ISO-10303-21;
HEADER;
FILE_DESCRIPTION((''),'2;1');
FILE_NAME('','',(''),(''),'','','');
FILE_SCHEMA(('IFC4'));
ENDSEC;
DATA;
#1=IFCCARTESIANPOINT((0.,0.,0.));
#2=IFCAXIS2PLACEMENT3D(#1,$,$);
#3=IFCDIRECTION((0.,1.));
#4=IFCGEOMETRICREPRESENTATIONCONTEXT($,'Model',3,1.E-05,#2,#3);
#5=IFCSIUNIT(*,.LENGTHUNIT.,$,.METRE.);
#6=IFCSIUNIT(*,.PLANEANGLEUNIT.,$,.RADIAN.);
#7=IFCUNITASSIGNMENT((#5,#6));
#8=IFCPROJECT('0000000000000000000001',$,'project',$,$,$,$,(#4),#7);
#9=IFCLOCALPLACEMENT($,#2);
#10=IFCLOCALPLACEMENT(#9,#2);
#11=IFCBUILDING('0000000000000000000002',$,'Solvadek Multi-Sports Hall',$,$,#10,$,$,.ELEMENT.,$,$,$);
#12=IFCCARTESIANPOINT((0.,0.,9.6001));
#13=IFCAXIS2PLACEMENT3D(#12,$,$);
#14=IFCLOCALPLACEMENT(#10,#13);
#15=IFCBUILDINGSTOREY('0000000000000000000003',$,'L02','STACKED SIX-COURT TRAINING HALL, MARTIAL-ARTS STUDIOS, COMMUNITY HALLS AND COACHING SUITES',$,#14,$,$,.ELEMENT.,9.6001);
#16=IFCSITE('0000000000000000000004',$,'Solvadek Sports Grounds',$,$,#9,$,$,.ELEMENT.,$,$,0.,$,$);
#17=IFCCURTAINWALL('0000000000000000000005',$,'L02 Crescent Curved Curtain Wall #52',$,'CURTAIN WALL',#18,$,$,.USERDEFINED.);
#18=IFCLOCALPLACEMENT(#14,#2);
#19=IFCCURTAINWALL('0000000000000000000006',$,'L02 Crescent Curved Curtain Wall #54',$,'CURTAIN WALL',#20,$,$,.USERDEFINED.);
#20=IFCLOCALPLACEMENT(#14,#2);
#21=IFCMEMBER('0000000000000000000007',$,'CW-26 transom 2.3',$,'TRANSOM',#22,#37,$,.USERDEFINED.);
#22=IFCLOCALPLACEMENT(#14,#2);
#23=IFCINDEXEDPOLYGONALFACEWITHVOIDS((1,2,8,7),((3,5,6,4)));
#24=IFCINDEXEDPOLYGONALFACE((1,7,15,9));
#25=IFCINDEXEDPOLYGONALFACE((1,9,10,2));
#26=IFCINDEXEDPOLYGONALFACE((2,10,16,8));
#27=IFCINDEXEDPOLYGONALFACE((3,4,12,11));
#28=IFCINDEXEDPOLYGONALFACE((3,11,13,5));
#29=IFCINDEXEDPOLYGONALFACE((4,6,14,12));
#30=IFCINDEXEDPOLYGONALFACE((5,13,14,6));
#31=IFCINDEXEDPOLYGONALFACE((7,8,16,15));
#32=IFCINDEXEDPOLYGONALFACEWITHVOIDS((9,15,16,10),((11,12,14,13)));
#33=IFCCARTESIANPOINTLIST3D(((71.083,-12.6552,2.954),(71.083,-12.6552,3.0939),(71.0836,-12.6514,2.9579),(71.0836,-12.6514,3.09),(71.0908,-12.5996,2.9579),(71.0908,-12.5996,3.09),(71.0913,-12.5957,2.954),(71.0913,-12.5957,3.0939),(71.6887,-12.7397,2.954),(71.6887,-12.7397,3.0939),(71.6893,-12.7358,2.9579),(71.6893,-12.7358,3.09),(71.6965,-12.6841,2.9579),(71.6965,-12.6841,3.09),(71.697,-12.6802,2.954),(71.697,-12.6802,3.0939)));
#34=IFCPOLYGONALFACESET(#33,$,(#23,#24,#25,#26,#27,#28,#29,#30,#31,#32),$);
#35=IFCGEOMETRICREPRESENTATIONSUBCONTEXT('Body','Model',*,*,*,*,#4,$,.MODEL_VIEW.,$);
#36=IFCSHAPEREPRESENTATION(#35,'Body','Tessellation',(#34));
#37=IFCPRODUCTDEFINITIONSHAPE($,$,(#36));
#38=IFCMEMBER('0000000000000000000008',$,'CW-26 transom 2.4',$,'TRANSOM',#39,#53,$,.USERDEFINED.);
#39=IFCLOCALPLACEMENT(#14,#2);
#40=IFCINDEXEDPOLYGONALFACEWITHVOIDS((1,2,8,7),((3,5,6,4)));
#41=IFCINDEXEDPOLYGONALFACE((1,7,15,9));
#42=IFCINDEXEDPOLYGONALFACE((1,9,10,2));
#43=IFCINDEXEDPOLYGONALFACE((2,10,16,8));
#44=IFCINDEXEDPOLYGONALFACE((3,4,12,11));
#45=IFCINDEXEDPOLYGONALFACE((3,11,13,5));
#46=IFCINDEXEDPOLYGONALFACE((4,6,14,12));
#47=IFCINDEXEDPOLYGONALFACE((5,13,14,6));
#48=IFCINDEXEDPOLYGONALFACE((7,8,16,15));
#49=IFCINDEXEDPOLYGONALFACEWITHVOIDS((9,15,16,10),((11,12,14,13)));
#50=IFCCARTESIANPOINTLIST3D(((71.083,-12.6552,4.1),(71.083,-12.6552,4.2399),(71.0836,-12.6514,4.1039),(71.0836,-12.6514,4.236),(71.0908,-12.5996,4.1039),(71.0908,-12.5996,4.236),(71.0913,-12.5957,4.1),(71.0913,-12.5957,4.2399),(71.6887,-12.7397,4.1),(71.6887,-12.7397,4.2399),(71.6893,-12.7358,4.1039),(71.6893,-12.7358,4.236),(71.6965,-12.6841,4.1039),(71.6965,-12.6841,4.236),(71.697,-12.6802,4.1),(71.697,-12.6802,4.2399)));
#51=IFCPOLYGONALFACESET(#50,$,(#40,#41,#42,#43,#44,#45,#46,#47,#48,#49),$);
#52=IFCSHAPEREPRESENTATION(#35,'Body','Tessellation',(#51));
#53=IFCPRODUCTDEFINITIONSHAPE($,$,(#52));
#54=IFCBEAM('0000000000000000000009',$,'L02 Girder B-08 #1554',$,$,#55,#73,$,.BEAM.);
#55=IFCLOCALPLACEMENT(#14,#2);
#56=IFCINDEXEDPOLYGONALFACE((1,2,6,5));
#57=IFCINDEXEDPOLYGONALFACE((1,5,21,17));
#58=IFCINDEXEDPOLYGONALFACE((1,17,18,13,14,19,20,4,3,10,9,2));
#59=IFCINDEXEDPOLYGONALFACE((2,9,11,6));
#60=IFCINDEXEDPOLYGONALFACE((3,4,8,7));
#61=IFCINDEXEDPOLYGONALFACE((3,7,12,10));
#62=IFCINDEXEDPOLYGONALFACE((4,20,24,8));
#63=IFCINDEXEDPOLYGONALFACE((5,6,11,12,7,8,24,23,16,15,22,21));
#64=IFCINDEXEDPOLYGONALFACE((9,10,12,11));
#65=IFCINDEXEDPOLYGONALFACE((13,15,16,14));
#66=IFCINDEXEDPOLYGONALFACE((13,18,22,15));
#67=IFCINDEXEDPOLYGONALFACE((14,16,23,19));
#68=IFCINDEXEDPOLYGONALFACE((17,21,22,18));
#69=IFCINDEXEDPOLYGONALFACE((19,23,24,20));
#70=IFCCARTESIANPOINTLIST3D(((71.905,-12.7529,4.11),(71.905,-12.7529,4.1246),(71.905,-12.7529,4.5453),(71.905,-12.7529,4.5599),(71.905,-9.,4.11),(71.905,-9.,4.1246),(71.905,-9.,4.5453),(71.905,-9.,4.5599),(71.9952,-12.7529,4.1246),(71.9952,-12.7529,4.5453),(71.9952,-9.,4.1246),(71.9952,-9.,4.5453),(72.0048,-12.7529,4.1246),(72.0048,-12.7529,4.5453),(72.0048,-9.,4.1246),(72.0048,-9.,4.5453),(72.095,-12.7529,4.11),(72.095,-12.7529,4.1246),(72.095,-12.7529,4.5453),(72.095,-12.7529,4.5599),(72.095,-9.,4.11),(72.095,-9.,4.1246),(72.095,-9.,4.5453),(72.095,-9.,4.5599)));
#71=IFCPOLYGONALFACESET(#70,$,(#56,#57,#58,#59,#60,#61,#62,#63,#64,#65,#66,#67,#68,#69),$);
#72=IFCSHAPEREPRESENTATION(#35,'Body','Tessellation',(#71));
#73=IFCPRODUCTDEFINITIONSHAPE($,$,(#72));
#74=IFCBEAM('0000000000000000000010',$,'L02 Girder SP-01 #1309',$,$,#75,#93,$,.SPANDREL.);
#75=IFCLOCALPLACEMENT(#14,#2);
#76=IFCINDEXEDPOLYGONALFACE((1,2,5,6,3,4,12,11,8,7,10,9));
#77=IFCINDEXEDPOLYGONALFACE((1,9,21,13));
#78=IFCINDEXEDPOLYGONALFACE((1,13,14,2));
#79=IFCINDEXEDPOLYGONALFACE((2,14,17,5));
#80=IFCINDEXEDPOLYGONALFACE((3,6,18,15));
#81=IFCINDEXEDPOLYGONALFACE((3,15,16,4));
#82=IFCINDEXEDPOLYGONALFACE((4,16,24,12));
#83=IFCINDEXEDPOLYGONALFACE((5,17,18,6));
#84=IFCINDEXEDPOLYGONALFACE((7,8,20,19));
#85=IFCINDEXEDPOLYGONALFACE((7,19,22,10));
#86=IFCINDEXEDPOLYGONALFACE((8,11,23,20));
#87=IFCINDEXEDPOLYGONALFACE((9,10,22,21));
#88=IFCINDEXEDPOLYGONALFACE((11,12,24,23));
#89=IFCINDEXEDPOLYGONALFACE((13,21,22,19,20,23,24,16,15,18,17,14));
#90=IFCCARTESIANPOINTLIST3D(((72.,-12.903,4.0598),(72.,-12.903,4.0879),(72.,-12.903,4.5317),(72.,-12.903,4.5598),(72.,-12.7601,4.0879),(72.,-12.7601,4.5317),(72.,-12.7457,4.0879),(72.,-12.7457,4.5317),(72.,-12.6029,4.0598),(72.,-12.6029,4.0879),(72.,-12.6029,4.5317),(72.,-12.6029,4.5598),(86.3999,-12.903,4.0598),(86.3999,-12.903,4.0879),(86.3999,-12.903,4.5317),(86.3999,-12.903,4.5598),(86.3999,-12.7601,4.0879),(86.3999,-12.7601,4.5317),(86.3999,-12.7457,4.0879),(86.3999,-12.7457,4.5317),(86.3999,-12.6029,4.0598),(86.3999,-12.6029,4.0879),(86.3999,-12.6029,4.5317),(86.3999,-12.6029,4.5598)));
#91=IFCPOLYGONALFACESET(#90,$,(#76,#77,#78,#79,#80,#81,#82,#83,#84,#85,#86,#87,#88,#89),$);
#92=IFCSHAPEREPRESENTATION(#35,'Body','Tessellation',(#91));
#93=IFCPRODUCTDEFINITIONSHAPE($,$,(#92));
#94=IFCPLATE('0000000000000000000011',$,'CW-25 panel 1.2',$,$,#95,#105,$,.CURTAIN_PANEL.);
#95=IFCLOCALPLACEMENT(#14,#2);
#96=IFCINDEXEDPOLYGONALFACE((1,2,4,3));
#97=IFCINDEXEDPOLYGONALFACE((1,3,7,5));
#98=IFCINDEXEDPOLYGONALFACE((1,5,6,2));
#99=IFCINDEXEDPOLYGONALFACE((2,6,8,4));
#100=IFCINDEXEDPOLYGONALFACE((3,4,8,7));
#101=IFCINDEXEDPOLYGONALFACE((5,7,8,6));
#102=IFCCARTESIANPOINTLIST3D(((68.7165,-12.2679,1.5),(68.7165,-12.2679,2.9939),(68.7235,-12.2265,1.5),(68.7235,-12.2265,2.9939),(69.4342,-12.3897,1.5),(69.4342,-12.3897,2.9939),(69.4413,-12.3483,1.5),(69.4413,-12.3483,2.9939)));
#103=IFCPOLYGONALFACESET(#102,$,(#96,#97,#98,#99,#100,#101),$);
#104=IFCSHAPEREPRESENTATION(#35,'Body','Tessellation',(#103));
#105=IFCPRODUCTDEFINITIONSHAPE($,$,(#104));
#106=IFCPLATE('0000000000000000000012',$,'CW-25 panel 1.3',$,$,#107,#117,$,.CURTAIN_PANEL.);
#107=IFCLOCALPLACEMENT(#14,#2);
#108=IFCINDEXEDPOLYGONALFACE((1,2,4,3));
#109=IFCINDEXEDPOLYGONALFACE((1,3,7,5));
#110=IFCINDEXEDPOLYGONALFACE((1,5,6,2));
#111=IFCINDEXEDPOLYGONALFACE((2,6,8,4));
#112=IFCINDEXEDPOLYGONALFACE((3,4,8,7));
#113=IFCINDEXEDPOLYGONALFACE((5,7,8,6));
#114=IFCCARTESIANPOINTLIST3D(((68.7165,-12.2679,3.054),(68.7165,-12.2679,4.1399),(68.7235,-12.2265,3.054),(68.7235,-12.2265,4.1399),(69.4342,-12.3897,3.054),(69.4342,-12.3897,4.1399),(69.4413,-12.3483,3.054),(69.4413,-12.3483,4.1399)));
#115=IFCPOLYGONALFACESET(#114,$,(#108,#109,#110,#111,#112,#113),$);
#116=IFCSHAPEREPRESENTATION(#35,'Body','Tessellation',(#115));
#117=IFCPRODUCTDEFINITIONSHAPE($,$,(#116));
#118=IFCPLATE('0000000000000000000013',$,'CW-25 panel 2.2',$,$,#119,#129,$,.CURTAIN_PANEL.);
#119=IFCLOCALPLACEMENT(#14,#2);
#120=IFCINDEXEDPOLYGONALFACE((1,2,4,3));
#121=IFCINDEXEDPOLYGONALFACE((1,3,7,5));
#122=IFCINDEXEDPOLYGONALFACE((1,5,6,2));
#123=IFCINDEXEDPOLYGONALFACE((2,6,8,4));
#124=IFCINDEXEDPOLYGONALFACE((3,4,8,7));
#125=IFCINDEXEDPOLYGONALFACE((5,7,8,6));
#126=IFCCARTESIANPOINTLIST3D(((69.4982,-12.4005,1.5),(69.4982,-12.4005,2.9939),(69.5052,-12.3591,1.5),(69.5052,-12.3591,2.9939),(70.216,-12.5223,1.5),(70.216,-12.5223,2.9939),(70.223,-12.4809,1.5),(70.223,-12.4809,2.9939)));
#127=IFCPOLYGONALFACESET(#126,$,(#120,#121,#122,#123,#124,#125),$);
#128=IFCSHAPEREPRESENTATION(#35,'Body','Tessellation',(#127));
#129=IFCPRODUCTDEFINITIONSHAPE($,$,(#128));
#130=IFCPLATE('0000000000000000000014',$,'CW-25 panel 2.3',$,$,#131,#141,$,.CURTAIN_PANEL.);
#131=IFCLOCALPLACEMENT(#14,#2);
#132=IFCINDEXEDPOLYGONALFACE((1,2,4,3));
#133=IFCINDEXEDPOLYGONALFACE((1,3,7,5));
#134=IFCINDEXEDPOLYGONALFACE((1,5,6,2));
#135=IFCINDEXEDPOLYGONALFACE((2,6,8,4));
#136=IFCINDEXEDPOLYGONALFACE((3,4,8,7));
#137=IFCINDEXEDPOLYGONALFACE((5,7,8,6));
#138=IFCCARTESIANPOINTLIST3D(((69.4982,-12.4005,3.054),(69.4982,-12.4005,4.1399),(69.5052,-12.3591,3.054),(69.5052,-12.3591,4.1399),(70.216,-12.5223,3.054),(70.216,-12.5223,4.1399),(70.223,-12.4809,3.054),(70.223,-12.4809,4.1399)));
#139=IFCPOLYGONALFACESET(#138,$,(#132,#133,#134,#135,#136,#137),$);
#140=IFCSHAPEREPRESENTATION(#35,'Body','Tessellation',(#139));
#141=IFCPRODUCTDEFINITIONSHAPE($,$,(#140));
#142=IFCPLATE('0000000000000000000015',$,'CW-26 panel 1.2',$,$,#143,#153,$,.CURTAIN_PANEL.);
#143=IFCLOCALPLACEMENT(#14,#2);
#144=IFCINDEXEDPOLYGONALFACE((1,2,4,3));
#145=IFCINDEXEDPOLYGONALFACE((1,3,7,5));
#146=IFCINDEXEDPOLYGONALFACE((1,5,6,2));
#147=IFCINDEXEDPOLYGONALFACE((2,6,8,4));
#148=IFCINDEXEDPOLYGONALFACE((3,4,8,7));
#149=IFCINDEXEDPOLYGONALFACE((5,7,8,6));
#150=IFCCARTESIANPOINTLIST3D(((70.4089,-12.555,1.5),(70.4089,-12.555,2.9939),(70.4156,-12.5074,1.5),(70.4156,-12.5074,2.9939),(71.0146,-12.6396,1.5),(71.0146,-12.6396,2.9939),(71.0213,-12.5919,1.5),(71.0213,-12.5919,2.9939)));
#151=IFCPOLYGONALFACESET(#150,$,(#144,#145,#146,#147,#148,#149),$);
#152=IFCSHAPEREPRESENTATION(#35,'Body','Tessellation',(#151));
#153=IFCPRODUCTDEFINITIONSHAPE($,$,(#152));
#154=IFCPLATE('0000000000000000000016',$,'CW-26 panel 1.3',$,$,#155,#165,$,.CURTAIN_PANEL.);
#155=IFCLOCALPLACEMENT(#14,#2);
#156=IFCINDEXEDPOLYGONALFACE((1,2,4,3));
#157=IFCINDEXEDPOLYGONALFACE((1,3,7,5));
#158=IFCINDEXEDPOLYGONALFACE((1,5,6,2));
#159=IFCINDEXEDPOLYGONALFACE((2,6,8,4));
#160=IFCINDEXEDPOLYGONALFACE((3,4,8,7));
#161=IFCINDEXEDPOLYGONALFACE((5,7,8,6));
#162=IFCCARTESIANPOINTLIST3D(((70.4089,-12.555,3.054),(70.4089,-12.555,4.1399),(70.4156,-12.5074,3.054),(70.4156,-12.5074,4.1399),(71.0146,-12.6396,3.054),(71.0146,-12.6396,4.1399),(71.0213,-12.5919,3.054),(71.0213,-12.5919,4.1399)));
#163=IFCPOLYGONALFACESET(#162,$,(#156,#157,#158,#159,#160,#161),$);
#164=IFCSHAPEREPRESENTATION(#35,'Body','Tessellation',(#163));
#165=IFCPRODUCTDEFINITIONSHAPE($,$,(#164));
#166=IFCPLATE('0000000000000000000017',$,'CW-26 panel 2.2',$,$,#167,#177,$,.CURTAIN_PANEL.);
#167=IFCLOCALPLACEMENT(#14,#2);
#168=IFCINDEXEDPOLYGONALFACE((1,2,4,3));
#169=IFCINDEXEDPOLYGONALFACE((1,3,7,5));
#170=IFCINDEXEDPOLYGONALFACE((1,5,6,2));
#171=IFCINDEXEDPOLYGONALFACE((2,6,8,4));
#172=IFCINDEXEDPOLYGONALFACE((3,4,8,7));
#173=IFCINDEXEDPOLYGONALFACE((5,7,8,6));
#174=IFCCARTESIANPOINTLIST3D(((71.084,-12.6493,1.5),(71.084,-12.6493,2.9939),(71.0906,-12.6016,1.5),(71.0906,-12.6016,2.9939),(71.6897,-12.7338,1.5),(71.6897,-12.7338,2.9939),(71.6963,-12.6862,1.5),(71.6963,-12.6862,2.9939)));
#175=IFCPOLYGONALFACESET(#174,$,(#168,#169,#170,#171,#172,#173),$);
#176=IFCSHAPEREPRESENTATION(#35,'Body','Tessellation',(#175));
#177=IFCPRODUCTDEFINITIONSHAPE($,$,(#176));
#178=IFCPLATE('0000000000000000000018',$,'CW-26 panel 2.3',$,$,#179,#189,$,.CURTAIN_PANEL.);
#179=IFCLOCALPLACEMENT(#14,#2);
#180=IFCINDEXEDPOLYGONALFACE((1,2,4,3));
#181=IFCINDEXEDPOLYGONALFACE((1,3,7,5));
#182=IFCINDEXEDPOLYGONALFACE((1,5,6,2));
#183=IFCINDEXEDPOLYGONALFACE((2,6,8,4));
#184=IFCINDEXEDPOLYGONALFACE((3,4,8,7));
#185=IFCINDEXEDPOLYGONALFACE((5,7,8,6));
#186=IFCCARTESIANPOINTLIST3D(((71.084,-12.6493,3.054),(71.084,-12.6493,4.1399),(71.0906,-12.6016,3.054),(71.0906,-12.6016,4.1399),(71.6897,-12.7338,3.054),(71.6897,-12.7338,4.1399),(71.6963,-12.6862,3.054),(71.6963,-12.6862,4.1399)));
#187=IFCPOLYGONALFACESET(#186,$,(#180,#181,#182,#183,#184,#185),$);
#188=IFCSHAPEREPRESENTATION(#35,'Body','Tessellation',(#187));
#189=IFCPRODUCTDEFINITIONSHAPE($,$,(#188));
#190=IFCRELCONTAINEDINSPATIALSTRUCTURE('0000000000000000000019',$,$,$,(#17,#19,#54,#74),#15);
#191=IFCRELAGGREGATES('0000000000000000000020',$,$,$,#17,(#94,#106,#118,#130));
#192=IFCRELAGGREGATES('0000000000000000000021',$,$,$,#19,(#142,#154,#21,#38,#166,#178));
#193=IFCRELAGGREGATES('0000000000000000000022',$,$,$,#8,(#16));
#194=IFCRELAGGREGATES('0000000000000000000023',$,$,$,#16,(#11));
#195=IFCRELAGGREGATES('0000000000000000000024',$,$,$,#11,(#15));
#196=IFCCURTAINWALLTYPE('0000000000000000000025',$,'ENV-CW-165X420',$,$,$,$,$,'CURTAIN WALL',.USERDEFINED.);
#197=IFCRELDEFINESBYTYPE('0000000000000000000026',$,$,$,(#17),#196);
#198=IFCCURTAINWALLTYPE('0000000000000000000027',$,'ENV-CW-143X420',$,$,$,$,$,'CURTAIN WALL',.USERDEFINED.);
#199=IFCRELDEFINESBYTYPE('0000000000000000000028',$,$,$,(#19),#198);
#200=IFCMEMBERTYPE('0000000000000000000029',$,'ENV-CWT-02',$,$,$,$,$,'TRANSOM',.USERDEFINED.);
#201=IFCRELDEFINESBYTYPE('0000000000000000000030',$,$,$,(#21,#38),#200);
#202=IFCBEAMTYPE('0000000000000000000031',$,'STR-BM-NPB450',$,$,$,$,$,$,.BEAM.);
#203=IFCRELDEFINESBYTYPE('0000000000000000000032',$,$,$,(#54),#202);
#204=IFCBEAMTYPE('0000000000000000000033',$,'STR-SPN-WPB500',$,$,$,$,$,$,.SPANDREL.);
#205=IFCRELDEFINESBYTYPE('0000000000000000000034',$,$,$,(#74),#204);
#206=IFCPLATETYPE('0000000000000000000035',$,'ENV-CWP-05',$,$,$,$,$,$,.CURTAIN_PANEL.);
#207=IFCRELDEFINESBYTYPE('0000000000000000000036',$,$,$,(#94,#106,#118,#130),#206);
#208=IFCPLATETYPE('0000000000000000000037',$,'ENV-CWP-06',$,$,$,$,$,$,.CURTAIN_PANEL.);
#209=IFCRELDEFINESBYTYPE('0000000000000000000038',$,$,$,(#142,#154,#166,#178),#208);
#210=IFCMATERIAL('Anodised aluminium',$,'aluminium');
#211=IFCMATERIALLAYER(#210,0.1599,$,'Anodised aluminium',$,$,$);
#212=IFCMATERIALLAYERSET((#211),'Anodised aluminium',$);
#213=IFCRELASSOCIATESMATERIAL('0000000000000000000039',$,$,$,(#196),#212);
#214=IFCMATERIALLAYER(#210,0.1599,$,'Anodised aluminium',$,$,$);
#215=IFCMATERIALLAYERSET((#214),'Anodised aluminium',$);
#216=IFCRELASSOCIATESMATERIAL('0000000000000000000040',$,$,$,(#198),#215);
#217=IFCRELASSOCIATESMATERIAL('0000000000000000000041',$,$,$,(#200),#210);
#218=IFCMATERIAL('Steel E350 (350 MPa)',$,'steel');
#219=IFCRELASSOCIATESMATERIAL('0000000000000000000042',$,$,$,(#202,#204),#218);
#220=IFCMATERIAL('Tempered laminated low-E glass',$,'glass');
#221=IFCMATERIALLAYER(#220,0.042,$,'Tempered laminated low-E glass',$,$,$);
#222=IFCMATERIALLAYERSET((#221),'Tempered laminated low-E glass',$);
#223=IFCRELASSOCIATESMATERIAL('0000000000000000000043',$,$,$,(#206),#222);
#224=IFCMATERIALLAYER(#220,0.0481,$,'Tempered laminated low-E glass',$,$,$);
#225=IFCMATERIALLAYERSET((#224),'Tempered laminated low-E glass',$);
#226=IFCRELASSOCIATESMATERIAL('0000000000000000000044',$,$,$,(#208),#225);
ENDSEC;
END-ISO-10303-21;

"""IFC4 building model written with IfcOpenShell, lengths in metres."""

from ifc_helpers import new_model, si_unit, direction, frame, origin, origin_2d, place, context, subcontext, project, spatial, rectangle, hollow_rectangle, i_section, extrude, material, layer, layer_set, material_profile, profile_set, type_object, element, aggregate, save


model = new_model("IFC4")

# Units and contexts
model_context = context("Model", 3, precision=1e-05, world=origin(), true_north=direction((0.0, 1.0)))
body_context = subcontext(model_context, "Body", "Model", "MODEL_VIEW")
ifc_project = project(units=[si_unit("LENGTHUNIT", "METRE"), si_unit("PLANEANGLEUNIT", "RADIAN")], contexts=[model_context])

# Site, building, storey
site_placement = place(None, origin())
site = spatial("IfcSite", under=ifc_project, at=site_placement, Name="Solvadek Sports Grounds", CompositionType="ELEMENT", RefElevation=0.0)
building_placement = place(site_placement, origin())
building = spatial("IfcBuilding", under=site, at=building_placement, Name="Solvadek Multi-Sports Hall", CompositionType="ELEMENT")
storey_placement = place(building_placement, frame((0.0, 0.0, 9.6001)))
storey = spatial("IfcBuildingStorey", under=building, at=storey_placement, Name="L02", Description="STACKED SIX-COURT TRAINING HALL, MARTIAL-ARTS STUDIOS, COMMUNITY HALLS AND COACHING SUITES", CompositionType="ELEMENT", Elevation=9.6001)

# Curtain wall
ifc_material_1 = material(Name="Anodised aluminium", Category="aluminium")
ifc_layer_1 = layer(ifc_material_1, 0.1599, Name="Anodised aluminium")
ifc_layer_set_1 = layer_set([ifc_layer_1], Name="Anodised aluminium")
curtain_wall_type_1 = type_object("IfcCurtainWallType", Name="ENV-CW-165X420", ElementType="CURTAIN WALL", PredefinedType="USERDEFINED", material=ifc_layer_set_1)
curtain_wall_1_placement = place(storey_placement, origin())
curtain_wall_1 = element("IfcCurtainWall", 1, at=curtain_wall_1_placement, inside=storey, type_object=curtain_wall_type_1, Name="L02 Crescent Curved Curtain Wall #52", ObjectType="CURTAIN WALL", PredefinedType="USERDEFINED")

# Curtain wall, members
ifc_layer_2 = layer(ifc_material_1, 0.1599, Name="Anodised aluminium")
ifc_layer_set_2 = layer_set([ifc_layer_2], Name="Anodised aluminium")
curtain_wall_type_2 = type_object("IfcCurtainWallType", Name="ENV-CW-143X420", ElementType="CURTAIN WALL", PredefinedType="USERDEFINED", material=ifc_layer_set_2)
curtain_wall_2_placement = place(storey_placement, origin())
curtain_wall_2 = element("IfcCurtainWall", 2, at=curtain_wall_2_placement, inside=storey, type_object=curtain_wall_type_2, Name="L02 Crescent Curved Curtain Wall #54", ObjectType="CURTAIN WALL", PredefinedType="USERDEFINED")
ifc_material_profile_1 = material_profile(ifc_material_1, hollow_rectangle(XDim=0.0601, YDim=0.1399, WallThickness=0.0039, at=origin_2d()), Name="ALU-T 140x60x4")
ifc_profile_set_1 = profile_set([ifc_material_profile_1], Name="Anodised aluminium")
member_type_1 = type_object("IfcMemberType", Name="ENV-CWT-02", ElementType="TRANSOM", PredefinedType="USERDEFINED", material=ifc_profile_set_1)
member_1_placement = place(storey_placement, frame((71.0872, -12.6255, 3.0239), z_axis=(0.990415, -0.138123, 0.0), x_axis=(0.138123, 0.990415, 0.0)))
member_1 = element("IfcMember", 3, at=member_1_placement, type_object=member_type_1, Name="CW-26 transom 2.3", ObjectType="TRANSOM", PredefinedType="USERDEFINED", context=body_context, shape_type="SweptSolid", body=[
    extrude(hollow_rectangle(XDim=0.0601, YDim=0.1399, WallThickness=0.0039, at=origin_2d()), origin(), (0.0, 0.0, 1.0), 0.6116),
])
member_2_placement = place(storey_placement, frame((71.0872, -12.6255, 4.1699), z_axis=(0.990415, -0.138123, 0.0), x_axis=(0.138123, 0.990415, 0.0)))
member_2 = element("IfcMember", 4, at=member_2_placement, type_object=member_type_1, Name="CW-26 transom 2.4", ObjectType="TRANSOM", PredefinedType="USERDEFINED", context=body_context, shape_type="SweptSolid", body=[
    extrude(hollow_rectangle(XDim=0.0601, YDim=0.1399, WallThickness=0.0039, at=origin_2d()), origin(), (0.0, 0.0, 1.0), 0.6116),
])

# Beams
ifc_material_2 = material(Name="Steel E350 (350 MPa)", Category="steel")
ifc_material_profile_2 = material_profile(ifc_material_2, i_section(OverallWidth=0.1899, OverallDepth=0.45, WebThickness=0.0095, FlangeThickness=0.0146, at=origin_2d()), Name="NPB 450")
ifc_profile_set_2 = profile_set([ifc_material_profile_2], Name="Steel E350 (350 MPa)")
beam_type_1 = type_object("IfcBeamType", Name="STR-BM-NPB450", PredefinedType="BEAM", material=ifc_profile_set_2)
beam_1_placement = place(storey_placement, frame((72.0, -12.7529, 4.335), z_axis=(0.0, 1.0, 0.0), x_axis=(-1.0, 0.0, 0.0)))
element("IfcBeam", 5, at=beam_1_placement, inside=storey, type_object=beam_type_1, Name="L02 Girder B-08 #1554", PredefinedType="BEAM", context=body_context, shape_type="SweptSolid", body=[
    extrude(i_section(OverallWidth=0.1899, OverallDepth=0.45, WebThickness=0.0095, FlangeThickness=0.0146, at=origin_2d()), origin(), (0.0, 0.0, 1.0), 3.7529),
])
ifc_material_profile_3 = material_profile(ifc_material_2, i_section(OverallWidth=0.3, OverallDepth=0.5, WebThickness=0.0144, FlangeThickness=0.0281, at=origin_2d()), Name="WPB 500")
ifc_profile_set_3 = profile_set([ifc_material_profile_3], Name="Steel E350 (350 MPa)")
beam_type_2 = type_object("IfcBeamType", Name="STR-SPN-WPB500", PredefinedType="SPANDREL", material=ifc_profile_set_3)
beam_2_placement = place(storey_placement, frame((72.0, -12.7529, 4.3098), z_axis=(1.0, 0.0, 0.0), x_axis=(0.0, 1.0, 0.0)))
element("IfcBeam", 6, at=beam_2_placement, inside=storey, type_object=beam_type_2, Name="L02 Girder SP-01 #1309", PredefinedType="SPANDREL", context=body_context, shape_type="SweptSolid", body=[
    extrude(i_section(OverallWidth=0.3, OverallDepth=0.5, WebThickness=0.0144, FlangeThickness=0.0281, at=origin_2d()), origin(), (0.0, 0.0, 1.0), 14.3999),
])

# Plates
ifc_material_3 = material(Name="Tempered laminated low-E glass", Category="glass")
ifc_layer_3 = layer(ifc_material_3, 0.042, Name="Tempered laminated low-E glass")
ifc_layer_set_3 = layer_set([ifc_layer_3], Name="Tempered laminated low-E glass")
plate_type_1 = type_object("IfcPlateType", Name="ENV-CWP-05", PredefinedType="CURTAIN_PANEL", material=ifc_layer_set_3)
plate_1_placement = place(storey_placement, frame((69.0789, -12.3081, 1.5), z_axis=(0.0, 0.0, 1.0), x_axis=(0.985915, -0.167247, 0.0)))
plate_1 = element("IfcPlate", 7, at=plate_1_placement, type_object=plate_type_1, Name="CW-25 panel 1.2", PredefinedType="CURTAIN_PANEL", context=body_context, shape_type="SweptSolid", body=[
    extrude(rectangle(XDim=0.728, YDim=0.042, at=origin_2d()), origin(), (0.0, 0.0, 1.0), 1.4939),
])
plate_2_placement = place(storey_placement, frame((69.0789, -12.3081, 3.054), z_axis=(0.0, 0.0, 1.0), x_axis=(0.985915, -0.167247, 0.0)))
plate_2 = element("IfcPlate", 8, at=plate_2_placement, type_object=plate_type_1, Name="CW-25 panel 1.3", PredefinedType="CURTAIN_PANEL", context=body_context, shape_type="SweptSolid", body=[
    extrude(rectangle(XDim=0.728, YDim=0.042, at=origin_2d()), origin(), (0.0, 0.0, 1.0), 1.0859),
])
plate_3_placement = place(storey_placement, frame((69.8606, -12.4407, 1.5), z_axis=(0.0, 0.0, 1.0), x_axis=(0.985915, -0.167247, 0.0)))
plate_3 = element("IfcPlate", 9, at=plate_3_placement, type_object=plate_type_1, Name="CW-25 panel 2.2", PredefinedType="CURTAIN_PANEL", context=body_context, shape_type="SweptSolid", body=[
    extrude(rectangle(XDim=0.728, YDim=0.042, at=origin_2d()), origin(), (0.0, 0.0, 1.0), 1.4939),
])
plate_4_placement = place(storey_placement, frame((69.8606, -12.4407, 3.054), z_axis=(0.0, 0.0, 1.0), x_axis=(0.985915, -0.167247, 0.0)))
plate_4 = element("IfcPlate", 10, at=plate_4_placement, type_object=plate_type_1, Name="CW-25 panel 2.3", PredefinedType="CURTAIN_PANEL", context=body_context, shape_type="SweptSolid", body=[
    extrude(rectangle(XDim=0.728, YDim=0.042, at=origin_2d()), origin(), (0.0, 0.0, 1.0), 1.0859),
])
aggregate(curtain_wall_1, [plate_1, plate_2, plate_3, plate_4])
ifc_layer_4 = layer(ifc_material_3, 0.0481, Name="Tempered laminated low-E glass")
ifc_layer_set_4 = layer_set([ifc_layer_4], Name="Tempered laminated low-E glass")
plate_type_2 = type_object("IfcPlateType", Name="ENV-CWP-06", PredefinedType="CURTAIN_PANEL", material=ifc_layer_set_4)
plate_5_placement = place(storey_placement, frame((70.7151, -12.5735, 1.5), z_axis=(0.0, 0.0, 1.0), x_axis=(0.990402, -0.138217, 0.0)))
plate_5 = element("IfcPlate", 11, at=plate_5_placement, type_object=plate_type_2, Name="CW-26 panel 1.2", PredefinedType="CURTAIN_PANEL", context=body_context, shape_type="SweptSolid", body=[
    extrude(rectangle(XDim=0.6116, YDim=0.0481, at=origin_2d()), origin(), (0.0, 0.0, 1.0), 1.4939),
])
plate_6_placement = place(storey_placement, frame((70.7151, -12.5735, 3.054), z_axis=(0.0, 0.0, 1.0), x_axis=(0.990402, -0.138217, 0.0)))
plate_6 = element("IfcPlate", 12, at=plate_6_placement, type_object=plate_type_2, Name="CW-26 panel 1.3", PredefinedType="CURTAIN_PANEL", context=body_context, shape_type="SweptSolid", body=[
    extrude(rectangle(XDim=0.6116, YDim=0.0481, at=origin_2d()), origin(), (0.0, 0.0, 1.0), 1.0859),
])
plate_7_placement = place(storey_placement, frame((71.3901, -12.6677, 1.5), z_axis=(0.0, 0.0, 1.0), x_axis=(0.990402, -0.138217, 0.0)))
plate_7 = element("IfcPlate", 13, at=plate_7_placement, type_object=plate_type_2, Name="CW-26 panel 2.2", PredefinedType="CURTAIN_PANEL", context=body_context, shape_type="SweptSolid", body=[
    extrude(rectangle(XDim=0.6116, YDim=0.0481, at=origin_2d()), origin(), (0.0, 0.0, 1.0), 1.4939),
])
plate_8_placement = place(storey_placement, frame((71.3901, -12.6677, 3.054), z_axis=(0.0, 0.0, 1.0), x_axis=(0.990402, -0.138217, 0.0)))
plate_8 = element("IfcPlate", 14, at=plate_8_placement, type_object=plate_type_2, Name="CW-26 panel 2.3", PredefinedType="CURTAIN_PANEL", context=body_context, shape_type="SweptSolid", body=[
    extrude(rectangle(XDim=0.6116, YDim=0.0481, at=origin_2d()), origin(), (0.0, 0.0, 1.0), 1.0859),
])
aggregate(curtain_wall_2, [plate_5, plate_6, member_1, member_2, plate_7, plate_8])

save(model, "model.ifc")
